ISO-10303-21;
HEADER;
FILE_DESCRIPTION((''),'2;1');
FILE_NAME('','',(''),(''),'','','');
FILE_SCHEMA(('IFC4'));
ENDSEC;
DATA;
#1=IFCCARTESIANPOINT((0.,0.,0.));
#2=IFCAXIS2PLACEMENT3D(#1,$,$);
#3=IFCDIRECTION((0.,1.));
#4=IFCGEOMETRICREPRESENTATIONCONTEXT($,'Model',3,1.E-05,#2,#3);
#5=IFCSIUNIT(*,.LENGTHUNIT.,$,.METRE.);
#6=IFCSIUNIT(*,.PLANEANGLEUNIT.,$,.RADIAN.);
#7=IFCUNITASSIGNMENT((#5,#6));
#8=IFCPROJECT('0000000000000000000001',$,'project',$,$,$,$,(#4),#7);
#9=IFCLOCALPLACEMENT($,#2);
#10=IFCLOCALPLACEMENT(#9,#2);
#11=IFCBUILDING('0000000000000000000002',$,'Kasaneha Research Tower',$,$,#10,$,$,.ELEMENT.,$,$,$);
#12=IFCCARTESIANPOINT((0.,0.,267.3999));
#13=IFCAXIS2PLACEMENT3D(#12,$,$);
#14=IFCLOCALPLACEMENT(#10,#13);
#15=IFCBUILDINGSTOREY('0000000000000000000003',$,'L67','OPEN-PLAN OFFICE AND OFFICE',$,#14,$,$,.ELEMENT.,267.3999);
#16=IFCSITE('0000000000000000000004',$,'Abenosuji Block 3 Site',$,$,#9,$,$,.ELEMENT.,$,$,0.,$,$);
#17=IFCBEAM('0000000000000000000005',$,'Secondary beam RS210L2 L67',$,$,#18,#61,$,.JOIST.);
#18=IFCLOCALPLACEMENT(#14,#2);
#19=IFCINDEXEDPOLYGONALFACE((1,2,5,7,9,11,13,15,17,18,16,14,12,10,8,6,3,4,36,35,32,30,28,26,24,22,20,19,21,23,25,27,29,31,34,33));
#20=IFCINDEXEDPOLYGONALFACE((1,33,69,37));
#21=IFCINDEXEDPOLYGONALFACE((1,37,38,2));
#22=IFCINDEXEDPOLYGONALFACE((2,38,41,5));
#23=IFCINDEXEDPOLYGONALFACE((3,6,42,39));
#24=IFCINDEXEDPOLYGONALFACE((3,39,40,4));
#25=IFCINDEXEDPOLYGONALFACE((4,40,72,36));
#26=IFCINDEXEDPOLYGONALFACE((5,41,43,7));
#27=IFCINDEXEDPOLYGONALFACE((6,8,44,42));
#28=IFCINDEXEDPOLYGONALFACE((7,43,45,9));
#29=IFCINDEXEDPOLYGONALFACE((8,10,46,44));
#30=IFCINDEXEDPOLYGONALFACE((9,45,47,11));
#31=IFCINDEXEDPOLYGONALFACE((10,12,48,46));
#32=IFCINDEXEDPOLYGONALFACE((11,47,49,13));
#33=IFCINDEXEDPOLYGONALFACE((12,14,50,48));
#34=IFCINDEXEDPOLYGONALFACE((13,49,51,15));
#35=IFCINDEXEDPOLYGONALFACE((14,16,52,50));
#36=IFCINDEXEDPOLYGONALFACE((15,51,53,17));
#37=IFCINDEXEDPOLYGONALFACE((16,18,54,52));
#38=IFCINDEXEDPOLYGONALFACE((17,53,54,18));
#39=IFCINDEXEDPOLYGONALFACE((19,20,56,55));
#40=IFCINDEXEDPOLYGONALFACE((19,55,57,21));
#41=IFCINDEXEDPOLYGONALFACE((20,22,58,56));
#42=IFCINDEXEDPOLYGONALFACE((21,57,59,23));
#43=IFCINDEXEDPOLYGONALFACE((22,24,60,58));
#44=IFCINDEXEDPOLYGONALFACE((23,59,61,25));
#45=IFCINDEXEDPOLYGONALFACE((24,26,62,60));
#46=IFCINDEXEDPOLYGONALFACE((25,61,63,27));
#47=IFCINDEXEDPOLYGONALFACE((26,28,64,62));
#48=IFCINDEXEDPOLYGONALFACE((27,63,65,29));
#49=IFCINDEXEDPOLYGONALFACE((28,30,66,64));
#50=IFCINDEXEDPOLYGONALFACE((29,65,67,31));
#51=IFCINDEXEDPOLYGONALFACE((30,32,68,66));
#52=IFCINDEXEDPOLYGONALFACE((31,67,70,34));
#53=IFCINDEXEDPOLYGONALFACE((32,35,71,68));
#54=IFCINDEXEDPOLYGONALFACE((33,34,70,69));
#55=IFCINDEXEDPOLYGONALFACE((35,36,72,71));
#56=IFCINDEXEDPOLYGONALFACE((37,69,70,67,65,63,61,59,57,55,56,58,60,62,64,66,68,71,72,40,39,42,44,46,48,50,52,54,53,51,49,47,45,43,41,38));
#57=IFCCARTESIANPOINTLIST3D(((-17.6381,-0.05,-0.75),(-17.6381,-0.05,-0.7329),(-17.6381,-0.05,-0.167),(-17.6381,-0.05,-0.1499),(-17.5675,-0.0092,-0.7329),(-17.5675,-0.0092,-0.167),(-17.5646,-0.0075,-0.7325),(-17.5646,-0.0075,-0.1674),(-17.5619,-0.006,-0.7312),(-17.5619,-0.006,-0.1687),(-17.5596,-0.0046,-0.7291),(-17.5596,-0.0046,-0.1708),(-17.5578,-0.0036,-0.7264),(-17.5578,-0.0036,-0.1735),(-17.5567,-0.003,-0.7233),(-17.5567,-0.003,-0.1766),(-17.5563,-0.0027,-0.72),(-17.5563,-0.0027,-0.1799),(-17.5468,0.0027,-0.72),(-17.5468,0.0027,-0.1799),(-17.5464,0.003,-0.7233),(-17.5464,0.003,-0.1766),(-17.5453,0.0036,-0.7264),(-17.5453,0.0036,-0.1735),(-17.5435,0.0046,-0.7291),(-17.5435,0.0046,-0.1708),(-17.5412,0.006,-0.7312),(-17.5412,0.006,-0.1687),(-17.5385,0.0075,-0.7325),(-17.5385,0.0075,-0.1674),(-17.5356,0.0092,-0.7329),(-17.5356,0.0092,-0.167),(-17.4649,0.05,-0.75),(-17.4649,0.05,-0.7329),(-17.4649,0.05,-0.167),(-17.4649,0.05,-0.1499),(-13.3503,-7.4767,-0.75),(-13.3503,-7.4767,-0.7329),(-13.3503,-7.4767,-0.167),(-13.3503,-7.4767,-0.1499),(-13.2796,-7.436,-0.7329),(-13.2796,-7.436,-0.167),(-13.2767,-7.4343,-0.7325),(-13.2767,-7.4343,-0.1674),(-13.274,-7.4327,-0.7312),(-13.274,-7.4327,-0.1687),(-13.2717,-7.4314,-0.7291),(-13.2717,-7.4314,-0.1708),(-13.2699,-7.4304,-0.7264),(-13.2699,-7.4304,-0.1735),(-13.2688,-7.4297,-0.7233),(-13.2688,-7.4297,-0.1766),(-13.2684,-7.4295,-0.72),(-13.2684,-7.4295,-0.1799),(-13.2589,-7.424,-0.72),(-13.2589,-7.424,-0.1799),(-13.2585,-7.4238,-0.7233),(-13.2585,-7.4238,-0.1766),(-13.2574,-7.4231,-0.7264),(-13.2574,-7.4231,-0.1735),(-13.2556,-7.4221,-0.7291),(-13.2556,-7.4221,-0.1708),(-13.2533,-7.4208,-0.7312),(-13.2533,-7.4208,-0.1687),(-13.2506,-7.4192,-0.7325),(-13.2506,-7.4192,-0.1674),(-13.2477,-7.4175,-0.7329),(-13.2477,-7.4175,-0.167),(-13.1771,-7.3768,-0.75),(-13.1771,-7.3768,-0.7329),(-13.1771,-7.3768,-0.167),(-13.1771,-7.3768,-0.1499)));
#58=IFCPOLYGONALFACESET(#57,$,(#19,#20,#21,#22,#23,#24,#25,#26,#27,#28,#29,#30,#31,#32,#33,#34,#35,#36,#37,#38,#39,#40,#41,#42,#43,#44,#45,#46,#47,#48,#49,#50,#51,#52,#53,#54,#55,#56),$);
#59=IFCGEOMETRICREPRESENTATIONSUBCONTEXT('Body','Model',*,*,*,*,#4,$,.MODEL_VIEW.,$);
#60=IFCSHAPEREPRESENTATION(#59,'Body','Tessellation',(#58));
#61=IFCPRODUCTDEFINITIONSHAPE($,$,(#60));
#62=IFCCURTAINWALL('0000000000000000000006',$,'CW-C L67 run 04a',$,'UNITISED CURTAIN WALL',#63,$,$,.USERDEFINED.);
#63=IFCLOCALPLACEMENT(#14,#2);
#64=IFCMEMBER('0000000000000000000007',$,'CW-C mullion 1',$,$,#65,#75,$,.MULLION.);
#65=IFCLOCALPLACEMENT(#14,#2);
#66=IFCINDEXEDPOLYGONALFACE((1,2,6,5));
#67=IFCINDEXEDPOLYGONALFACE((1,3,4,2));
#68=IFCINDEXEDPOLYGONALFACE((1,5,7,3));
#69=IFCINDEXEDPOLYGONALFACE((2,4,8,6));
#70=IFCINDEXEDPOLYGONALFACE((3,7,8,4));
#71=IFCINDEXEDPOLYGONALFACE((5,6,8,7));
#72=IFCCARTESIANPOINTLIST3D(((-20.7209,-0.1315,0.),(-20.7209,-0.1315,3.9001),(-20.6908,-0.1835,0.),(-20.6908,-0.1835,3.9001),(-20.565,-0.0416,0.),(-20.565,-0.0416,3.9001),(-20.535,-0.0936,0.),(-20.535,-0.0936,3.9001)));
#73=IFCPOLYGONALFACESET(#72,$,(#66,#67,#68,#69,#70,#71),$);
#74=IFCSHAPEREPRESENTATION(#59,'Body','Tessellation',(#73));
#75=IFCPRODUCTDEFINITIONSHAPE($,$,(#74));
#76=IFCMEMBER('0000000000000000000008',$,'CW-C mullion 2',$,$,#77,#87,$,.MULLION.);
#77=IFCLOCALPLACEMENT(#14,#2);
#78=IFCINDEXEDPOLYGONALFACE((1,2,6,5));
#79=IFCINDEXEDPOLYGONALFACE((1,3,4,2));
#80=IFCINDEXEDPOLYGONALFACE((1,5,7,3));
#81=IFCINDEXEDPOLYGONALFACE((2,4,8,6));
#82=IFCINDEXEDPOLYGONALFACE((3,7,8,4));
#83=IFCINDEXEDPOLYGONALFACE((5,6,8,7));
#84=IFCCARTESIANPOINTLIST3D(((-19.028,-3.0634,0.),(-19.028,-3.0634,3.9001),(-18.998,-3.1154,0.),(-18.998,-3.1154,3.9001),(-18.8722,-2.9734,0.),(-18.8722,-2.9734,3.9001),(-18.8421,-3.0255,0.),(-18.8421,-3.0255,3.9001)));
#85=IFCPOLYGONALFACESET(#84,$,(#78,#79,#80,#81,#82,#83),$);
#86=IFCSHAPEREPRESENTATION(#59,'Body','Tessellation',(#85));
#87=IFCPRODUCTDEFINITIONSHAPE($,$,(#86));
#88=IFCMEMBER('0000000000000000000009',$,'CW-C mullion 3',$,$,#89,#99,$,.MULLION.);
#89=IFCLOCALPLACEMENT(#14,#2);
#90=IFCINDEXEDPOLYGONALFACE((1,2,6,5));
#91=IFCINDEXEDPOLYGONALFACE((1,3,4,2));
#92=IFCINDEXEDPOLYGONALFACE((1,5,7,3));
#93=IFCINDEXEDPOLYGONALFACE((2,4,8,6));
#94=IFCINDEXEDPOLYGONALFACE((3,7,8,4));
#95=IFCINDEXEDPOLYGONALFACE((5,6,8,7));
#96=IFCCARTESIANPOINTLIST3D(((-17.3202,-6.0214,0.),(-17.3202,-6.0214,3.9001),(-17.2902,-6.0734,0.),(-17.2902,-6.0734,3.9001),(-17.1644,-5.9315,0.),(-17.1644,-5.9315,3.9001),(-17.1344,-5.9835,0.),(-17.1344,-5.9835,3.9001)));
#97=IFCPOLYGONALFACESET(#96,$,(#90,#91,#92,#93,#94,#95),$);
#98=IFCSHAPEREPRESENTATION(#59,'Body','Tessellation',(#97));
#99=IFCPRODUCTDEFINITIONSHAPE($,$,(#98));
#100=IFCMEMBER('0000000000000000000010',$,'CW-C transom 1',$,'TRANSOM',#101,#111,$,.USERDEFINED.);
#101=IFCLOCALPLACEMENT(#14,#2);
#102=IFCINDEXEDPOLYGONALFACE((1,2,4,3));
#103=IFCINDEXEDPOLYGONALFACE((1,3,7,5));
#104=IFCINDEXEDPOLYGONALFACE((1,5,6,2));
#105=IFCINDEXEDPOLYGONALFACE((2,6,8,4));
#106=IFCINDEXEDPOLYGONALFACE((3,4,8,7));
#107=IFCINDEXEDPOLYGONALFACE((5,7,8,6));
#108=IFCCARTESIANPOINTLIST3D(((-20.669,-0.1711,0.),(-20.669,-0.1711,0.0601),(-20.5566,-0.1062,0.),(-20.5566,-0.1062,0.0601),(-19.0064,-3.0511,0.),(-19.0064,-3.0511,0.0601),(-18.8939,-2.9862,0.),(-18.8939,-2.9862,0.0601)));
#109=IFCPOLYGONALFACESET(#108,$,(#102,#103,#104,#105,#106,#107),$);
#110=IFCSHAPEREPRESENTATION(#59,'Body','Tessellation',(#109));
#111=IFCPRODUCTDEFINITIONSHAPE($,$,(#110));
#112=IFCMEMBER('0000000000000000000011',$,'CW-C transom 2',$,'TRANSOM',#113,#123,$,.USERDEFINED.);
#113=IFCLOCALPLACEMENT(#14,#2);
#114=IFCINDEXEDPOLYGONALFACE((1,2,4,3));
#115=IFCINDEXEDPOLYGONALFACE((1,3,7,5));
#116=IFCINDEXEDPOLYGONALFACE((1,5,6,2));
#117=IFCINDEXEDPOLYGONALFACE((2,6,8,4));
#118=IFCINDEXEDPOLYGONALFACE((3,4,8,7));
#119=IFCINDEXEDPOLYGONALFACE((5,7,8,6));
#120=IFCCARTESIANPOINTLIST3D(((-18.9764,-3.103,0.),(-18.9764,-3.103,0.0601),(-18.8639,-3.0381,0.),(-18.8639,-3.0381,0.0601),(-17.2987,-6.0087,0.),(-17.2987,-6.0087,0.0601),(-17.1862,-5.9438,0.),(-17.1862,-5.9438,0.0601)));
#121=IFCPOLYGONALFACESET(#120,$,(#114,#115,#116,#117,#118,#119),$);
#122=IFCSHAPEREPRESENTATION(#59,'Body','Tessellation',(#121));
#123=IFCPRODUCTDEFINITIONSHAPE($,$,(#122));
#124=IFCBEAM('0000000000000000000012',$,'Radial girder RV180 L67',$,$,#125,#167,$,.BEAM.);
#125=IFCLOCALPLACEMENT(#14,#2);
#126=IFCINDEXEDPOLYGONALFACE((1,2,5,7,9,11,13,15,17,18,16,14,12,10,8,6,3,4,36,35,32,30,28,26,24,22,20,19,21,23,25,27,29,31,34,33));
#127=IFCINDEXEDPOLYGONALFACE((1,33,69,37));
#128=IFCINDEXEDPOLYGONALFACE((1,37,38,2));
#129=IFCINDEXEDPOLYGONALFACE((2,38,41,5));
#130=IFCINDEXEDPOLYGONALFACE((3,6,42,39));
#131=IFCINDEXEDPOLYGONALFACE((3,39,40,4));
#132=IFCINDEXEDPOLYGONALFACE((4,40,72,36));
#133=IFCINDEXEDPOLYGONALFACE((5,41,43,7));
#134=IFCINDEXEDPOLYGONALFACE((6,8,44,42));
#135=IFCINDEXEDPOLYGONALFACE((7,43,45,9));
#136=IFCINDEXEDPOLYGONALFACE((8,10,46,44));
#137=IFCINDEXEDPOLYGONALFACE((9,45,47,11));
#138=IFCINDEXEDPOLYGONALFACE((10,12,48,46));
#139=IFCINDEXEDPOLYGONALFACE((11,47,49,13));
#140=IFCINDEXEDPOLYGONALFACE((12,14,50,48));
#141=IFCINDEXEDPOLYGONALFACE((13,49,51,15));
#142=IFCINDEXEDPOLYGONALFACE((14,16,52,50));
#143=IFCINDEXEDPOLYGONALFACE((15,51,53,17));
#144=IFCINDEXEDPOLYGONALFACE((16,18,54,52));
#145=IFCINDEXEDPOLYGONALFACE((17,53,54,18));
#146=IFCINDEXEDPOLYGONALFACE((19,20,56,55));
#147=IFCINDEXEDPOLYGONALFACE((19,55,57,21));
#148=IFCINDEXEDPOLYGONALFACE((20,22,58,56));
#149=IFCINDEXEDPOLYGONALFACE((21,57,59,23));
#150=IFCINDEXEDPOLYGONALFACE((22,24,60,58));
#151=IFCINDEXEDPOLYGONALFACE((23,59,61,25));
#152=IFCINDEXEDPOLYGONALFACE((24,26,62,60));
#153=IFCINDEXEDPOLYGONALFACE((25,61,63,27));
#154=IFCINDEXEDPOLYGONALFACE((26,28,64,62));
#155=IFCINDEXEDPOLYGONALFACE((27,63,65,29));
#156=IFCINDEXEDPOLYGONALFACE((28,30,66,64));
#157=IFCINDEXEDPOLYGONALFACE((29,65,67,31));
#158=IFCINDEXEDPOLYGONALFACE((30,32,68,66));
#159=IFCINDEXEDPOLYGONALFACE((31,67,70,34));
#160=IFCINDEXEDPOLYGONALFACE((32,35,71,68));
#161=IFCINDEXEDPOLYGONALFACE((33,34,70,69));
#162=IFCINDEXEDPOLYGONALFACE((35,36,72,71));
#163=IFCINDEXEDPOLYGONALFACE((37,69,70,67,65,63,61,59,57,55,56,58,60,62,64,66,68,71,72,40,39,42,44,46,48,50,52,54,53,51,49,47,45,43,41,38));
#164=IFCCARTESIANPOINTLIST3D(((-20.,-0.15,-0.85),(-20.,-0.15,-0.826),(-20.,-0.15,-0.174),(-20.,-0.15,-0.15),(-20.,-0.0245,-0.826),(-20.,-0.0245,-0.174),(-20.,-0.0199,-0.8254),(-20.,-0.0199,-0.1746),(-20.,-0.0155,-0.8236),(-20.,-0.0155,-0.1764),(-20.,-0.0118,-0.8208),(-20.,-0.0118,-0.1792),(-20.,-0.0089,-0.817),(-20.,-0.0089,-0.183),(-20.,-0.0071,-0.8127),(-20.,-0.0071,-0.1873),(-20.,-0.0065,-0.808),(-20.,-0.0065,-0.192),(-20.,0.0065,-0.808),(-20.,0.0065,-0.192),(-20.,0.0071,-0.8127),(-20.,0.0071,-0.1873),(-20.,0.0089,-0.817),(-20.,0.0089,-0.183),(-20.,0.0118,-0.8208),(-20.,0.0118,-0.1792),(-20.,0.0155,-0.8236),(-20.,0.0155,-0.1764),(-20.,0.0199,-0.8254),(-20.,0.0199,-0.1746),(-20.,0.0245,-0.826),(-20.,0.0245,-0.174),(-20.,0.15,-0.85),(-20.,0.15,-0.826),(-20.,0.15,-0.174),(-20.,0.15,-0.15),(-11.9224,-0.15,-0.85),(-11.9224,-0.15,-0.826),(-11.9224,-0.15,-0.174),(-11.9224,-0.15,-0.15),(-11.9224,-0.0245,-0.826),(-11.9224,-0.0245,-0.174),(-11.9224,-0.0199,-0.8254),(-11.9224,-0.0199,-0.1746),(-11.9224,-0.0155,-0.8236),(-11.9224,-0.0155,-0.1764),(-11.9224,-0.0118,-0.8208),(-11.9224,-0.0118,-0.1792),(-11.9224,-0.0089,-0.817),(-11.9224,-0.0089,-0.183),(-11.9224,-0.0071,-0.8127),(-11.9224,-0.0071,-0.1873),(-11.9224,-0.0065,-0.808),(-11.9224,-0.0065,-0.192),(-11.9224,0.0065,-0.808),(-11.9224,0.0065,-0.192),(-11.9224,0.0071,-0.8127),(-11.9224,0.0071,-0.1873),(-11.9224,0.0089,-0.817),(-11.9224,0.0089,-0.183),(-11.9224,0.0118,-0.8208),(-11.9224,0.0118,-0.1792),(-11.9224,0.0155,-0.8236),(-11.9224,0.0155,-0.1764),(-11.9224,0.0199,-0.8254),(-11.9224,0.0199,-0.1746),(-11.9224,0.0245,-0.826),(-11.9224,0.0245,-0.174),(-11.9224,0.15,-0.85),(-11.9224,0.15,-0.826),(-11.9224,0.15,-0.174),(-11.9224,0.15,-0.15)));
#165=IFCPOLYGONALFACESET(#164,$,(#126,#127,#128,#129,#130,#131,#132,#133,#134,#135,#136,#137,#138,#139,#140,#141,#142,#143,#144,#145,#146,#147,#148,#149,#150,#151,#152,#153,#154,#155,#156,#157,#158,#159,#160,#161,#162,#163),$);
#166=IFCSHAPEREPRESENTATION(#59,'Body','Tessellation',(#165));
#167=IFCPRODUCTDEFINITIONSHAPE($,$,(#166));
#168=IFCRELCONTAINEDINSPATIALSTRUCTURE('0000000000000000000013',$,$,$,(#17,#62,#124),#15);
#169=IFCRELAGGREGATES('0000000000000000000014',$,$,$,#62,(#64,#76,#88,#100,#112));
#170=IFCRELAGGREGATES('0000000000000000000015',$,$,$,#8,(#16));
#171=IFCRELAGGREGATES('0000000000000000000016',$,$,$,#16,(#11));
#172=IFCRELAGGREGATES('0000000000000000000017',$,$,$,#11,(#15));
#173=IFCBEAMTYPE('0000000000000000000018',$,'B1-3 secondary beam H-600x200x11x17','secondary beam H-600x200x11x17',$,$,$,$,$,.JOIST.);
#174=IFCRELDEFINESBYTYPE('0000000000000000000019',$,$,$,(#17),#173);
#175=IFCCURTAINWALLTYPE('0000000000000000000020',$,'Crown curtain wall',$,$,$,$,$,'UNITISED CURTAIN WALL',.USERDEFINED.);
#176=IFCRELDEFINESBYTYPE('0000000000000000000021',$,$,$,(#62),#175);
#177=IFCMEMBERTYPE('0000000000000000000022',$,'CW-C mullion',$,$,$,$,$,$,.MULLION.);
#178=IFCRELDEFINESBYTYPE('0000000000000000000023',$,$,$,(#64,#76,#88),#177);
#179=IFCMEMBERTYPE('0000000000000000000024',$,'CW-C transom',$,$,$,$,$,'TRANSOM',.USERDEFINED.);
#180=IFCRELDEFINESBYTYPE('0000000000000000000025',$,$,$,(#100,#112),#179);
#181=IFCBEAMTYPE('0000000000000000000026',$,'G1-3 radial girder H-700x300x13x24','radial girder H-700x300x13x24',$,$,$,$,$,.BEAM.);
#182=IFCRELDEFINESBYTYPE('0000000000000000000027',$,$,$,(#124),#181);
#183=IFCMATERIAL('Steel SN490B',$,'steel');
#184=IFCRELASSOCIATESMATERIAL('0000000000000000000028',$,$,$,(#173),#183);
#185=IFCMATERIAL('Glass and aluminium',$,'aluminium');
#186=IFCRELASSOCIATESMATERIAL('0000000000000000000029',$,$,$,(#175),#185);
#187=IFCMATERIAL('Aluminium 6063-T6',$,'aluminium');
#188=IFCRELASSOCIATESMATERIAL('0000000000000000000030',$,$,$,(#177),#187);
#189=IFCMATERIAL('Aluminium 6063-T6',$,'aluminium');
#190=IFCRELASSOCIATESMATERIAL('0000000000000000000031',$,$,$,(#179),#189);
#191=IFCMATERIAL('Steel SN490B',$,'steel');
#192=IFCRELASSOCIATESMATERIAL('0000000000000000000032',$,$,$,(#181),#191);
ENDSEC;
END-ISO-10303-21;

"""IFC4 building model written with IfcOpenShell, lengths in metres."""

from ifc_helpers import new_model, si_unit, direction, frame, origin, origin_2d, place, context, subcontext, project, spatial, rectangle, i_section, extrude, material, material_profile, profile_set, type_object, element, aggregate, save


model = new_model("IFC4")

# Units and contexts
model_context = context("Model", 3, precision=1e-05, world=origin(), true_north=direction((0.0, 1.0)))
body_context = subcontext(model_context, "Body", "Model", "MODEL_VIEW")
ifc_project = project(units=[si_unit("LENGTHUNIT", "METRE"), si_unit("PLANEANGLEUNIT", "RADIAN")], contexts=[model_context])

# Site, building, storey
site_placement = place(None, origin())
site = spatial("IfcSite", under=ifc_project, at=site_placement, Name="Abenosuji Block 3 Site", CompositionType="ELEMENT", RefElevation=0.0)
building_placement = place(site_placement, origin())
building = spatial("IfcBuilding", under=site, at=building_placement, Name="Kasaneha Research Tower", CompositionType="ELEMENT")
storey_placement = place(building_placement, frame((0.0, 0.0, 267.3999)))
storey = spatial("IfcBuildingStorey", under=building, at=storey_placement, Name="L67", Description="OPEN-PLAN OFFICE AND OFFICE", CompositionType="ELEMENT", Elevation=267.3999)

# Beam
ifc_material_1 = material(Name="Steel SN490B", Category="steel")
ifc_material_profile_1 = material_profile(ifc_material_1, i_section(OverallWidth=0.2, OverallDepth=0.6001, WebThickness=0.011, FlangeThickness=0.0171, FilletRadius=0.0129, at=origin_2d()), Name="H-600x200x11x17")
ifc_profile_set_1 = profile_set([ifc_material_profile_1], Name="Steel SN490B")
beam_type_1 = type_object("IfcBeamType", Name="B1-3 secondary beam H-600x200x11x17", Description="secondary beam H-600x200x11x17", PredefinedType="JOIST", material=ifc_profile_set_1)
beam_1_placement = place(storey_placement, frame((-17.5515, 0.0, -0.45), z_axis=(0.5, -0.866025, 0.0), x_axis=(0.866025, 0.5, 0.0)))
element("IfcBeam", 1, at=beam_1_placement, inside=storey, type_object=beam_type_1, Name="Secondary beam RS210L2 L67", PredefinedType="JOIST", context=body_context, shape_type="SweptSolid", body=[
    extrude(i_section(OverallWidth=0.2, OverallDepth=0.6001, WebThickness=0.011, FlangeThickness=0.0171, FilletRadius=0.0129, at=origin_2d()), origin(), (0.0, 0.0, 1.0), 8.5757),
])

# Curtain wall, members
ifc_material_2 = material(Name="Glass and aluminium", Category="aluminium")
curtain_wall_type = type_object("IfcCurtainWallType", Name="Crown curtain wall", ElementType="UNITISED CURTAIN WALL", PredefinedType="USERDEFINED", material=ifc_material_2)
curtain_wall_placement = place(storey_placement, origin())
curtain_wall = element("IfcCurtainWall", 2, at=curtain_wall_placement, inside=storey, type_object=curtain_wall_type, Name="CW-C L67 run 04a", ObjectType="UNITISED CURTAIN WALL", PredefinedType="USERDEFINED")
ifc_material_3 = material(Name="Aluminium 6063-T6", Category="aluminium")
ifc_material_profile_2 = material_profile(ifc_material_3, rectangle(XDim=0.0601, YDim=0.1799, at=origin_2d()), Name="CW-C mullion 60x180")
ifc_profile_set_2 = profile_set([ifc_material_profile_2], Name="Aluminium 6063-T6")
member_type_1 = type_object("IfcMemberType", Name="CW-C mullion", PredefinedType="MULLION", material=ifc_profile_set_2)
member_1_placement = place(storey_placement, frame((-20.6279, -0.1125, 0.0), z_axis=(0.0, 0.0, 1.0), x_axis=(0.5, -0.866025, 0.0)))
member_1 = element("IfcMember", 3, at=member_1_placement, type_object=member_type_1, Name="CW-C mullion 1", PredefinedType="MULLION", context=body_context, shape_type="SweptSolid", body=[
    extrude(rectangle(XDim=0.0601, YDim=0.1799, at=origin_2d()), origin(), (0.0, 0.0, 1.0), 3.9001),
])
member_2_placement = place(storey_placement, frame((-18.9351, -3.0444, 0.0), z_axis=(0.0, 0.0, 1.0), x_axis=(0.5, -0.866025, 0.0)))
member_2 = element("IfcMember", 4, at=member_2_placement, type_object=member_type_1, Name="CW-C mullion 2", PredefinedType="MULLION", context=body_context, shape_type="SweptSolid", body=[
    extrude(rectangle(XDim=0.0601, YDim=0.1799, at=origin_2d()), origin(), (0.0, 0.0, 1.0), 3.9001),
])
member_3_placement = place(storey_placement, frame((-17.2273, -6.0024, 0.0), z_axis=(0.0, 0.0, 1.0), x_axis=(0.5, -0.866025, 0.0)))
member_3 = element("IfcMember", 5, at=member_3_placement, type_object=member_type_1, Name="CW-C mullion 3", PredefinedType="MULLION", context=body_context, shape_type="SweptSolid", body=[
    extrude(rectangle(XDim=0.0601, YDim=0.1799, at=origin_2d()), origin(), (0.0, 0.0, 1.0), 3.9001),
])
ifc_material_4 = material(Name="Aluminium 6063-T6", Category="aluminium")
ifc_material_profile_3 = material_profile(ifc_material_4, rectangle(XDim=0.1299, YDim=0.0601, at=origin_2d()), Name="CW-C transom 130x60")
ifc_profile_set_3 = profile_set([ifc_material_profile_3], Name="Aluminium 6063-T6")
member_type_2 = type_object("IfcMemberType", Name="CW-C transom", ElementType="TRANSOM", PredefinedType="USERDEFINED", material=ifc_profile_set_3)
member_4_placement = place(storey_placement, frame((-20.6128, -0.1387, 0.03), z_axis=(0.499977, -0.866039, 0.0), x_axis=(0.866039, 0.499977, 0.0)))
member_4 = element("IfcMember", 6, at=member_4_placement, type_object=member_type_2, Name="CW-C transom 1", ObjectType="TRANSOM", PredefinedType="USERDEFINED", context=body_context, shape_type="SweptSolid", body=[
    extrude(rectangle(XDim=0.1299, YDim=0.0601, at=origin_2d()), origin(), (0.0, 0.0, 1.0), 3.3254),
])
member_5_placement = place(storey_placement, frame((-18.9202, -3.0706, 0.03), z_axis=(0.500021, -0.866014, 0.0), x_axis=(0.866014, 0.500021, 0.0)))
member_5 = element("IfcMember", 7, at=member_5_placement, type_object=member_type_2, Name="CW-C transom 2", ObjectType="TRANSOM", PredefinedType="USERDEFINED", context=body_context, shape_type="SweptSolid", body=[
    extrude(rectangle(XDim=0.1299, YDim=0.0601, at=origin_2d()), origin(), (0.0, 0.0, 1.0), 3.3552),
])

# Beam
ifc_material_5 = material(Name="Steel SN490B", Category="steel")
ifc_material_profile_4 = material_profile(ifc_material_5, i_section(OverallWidth=0.3, OverallDepth=0.7, WebThickness=0.0129, FlangeThickness=0.0239, FilletRadius=0.0181, at=origin_2d()), Name="H-700x300x13x24")
ifc_profile_set_4 = profile_set([ifc_material_profile_4], Name="Steel SN490B")
beam_type_2 = type_object("IfcBeamType", Name="G1-3 radial girder H-700x300x13x24", Description="radial girder H-700x300x13x24", PredefinedType="BEAM", material=ifc_profile_set_4)
beam_2_placement = place(storey_placement, frame((-11.9224, 0.0, -0.5), z_axis=(-1.0, 0.0, 0.0), x_axis=(0.0, -1.0, 0.0)))
element("IfcBeam", 8, at=beam_2_placement, inside=storey, type_object=beam_type_2, Name="Radial girder RV180 L67", PredefinedType="BEAM", context=body_context, shape_type="SweptSolid", body=[
    extrude(i_section(OverallWidth=0.3, OverallDepth=0.7, WebThickness=0.0129, FlangeThickness=0.0239, FilletRadius=0.0181, at=origin_2d()), origin(), (0.0, 0.0, 1.0), 8.0776),
])

aggregate(curtain_wall, [member_1, member_2, member_3, member_4, member_5])

save(model, "model.ifc")
